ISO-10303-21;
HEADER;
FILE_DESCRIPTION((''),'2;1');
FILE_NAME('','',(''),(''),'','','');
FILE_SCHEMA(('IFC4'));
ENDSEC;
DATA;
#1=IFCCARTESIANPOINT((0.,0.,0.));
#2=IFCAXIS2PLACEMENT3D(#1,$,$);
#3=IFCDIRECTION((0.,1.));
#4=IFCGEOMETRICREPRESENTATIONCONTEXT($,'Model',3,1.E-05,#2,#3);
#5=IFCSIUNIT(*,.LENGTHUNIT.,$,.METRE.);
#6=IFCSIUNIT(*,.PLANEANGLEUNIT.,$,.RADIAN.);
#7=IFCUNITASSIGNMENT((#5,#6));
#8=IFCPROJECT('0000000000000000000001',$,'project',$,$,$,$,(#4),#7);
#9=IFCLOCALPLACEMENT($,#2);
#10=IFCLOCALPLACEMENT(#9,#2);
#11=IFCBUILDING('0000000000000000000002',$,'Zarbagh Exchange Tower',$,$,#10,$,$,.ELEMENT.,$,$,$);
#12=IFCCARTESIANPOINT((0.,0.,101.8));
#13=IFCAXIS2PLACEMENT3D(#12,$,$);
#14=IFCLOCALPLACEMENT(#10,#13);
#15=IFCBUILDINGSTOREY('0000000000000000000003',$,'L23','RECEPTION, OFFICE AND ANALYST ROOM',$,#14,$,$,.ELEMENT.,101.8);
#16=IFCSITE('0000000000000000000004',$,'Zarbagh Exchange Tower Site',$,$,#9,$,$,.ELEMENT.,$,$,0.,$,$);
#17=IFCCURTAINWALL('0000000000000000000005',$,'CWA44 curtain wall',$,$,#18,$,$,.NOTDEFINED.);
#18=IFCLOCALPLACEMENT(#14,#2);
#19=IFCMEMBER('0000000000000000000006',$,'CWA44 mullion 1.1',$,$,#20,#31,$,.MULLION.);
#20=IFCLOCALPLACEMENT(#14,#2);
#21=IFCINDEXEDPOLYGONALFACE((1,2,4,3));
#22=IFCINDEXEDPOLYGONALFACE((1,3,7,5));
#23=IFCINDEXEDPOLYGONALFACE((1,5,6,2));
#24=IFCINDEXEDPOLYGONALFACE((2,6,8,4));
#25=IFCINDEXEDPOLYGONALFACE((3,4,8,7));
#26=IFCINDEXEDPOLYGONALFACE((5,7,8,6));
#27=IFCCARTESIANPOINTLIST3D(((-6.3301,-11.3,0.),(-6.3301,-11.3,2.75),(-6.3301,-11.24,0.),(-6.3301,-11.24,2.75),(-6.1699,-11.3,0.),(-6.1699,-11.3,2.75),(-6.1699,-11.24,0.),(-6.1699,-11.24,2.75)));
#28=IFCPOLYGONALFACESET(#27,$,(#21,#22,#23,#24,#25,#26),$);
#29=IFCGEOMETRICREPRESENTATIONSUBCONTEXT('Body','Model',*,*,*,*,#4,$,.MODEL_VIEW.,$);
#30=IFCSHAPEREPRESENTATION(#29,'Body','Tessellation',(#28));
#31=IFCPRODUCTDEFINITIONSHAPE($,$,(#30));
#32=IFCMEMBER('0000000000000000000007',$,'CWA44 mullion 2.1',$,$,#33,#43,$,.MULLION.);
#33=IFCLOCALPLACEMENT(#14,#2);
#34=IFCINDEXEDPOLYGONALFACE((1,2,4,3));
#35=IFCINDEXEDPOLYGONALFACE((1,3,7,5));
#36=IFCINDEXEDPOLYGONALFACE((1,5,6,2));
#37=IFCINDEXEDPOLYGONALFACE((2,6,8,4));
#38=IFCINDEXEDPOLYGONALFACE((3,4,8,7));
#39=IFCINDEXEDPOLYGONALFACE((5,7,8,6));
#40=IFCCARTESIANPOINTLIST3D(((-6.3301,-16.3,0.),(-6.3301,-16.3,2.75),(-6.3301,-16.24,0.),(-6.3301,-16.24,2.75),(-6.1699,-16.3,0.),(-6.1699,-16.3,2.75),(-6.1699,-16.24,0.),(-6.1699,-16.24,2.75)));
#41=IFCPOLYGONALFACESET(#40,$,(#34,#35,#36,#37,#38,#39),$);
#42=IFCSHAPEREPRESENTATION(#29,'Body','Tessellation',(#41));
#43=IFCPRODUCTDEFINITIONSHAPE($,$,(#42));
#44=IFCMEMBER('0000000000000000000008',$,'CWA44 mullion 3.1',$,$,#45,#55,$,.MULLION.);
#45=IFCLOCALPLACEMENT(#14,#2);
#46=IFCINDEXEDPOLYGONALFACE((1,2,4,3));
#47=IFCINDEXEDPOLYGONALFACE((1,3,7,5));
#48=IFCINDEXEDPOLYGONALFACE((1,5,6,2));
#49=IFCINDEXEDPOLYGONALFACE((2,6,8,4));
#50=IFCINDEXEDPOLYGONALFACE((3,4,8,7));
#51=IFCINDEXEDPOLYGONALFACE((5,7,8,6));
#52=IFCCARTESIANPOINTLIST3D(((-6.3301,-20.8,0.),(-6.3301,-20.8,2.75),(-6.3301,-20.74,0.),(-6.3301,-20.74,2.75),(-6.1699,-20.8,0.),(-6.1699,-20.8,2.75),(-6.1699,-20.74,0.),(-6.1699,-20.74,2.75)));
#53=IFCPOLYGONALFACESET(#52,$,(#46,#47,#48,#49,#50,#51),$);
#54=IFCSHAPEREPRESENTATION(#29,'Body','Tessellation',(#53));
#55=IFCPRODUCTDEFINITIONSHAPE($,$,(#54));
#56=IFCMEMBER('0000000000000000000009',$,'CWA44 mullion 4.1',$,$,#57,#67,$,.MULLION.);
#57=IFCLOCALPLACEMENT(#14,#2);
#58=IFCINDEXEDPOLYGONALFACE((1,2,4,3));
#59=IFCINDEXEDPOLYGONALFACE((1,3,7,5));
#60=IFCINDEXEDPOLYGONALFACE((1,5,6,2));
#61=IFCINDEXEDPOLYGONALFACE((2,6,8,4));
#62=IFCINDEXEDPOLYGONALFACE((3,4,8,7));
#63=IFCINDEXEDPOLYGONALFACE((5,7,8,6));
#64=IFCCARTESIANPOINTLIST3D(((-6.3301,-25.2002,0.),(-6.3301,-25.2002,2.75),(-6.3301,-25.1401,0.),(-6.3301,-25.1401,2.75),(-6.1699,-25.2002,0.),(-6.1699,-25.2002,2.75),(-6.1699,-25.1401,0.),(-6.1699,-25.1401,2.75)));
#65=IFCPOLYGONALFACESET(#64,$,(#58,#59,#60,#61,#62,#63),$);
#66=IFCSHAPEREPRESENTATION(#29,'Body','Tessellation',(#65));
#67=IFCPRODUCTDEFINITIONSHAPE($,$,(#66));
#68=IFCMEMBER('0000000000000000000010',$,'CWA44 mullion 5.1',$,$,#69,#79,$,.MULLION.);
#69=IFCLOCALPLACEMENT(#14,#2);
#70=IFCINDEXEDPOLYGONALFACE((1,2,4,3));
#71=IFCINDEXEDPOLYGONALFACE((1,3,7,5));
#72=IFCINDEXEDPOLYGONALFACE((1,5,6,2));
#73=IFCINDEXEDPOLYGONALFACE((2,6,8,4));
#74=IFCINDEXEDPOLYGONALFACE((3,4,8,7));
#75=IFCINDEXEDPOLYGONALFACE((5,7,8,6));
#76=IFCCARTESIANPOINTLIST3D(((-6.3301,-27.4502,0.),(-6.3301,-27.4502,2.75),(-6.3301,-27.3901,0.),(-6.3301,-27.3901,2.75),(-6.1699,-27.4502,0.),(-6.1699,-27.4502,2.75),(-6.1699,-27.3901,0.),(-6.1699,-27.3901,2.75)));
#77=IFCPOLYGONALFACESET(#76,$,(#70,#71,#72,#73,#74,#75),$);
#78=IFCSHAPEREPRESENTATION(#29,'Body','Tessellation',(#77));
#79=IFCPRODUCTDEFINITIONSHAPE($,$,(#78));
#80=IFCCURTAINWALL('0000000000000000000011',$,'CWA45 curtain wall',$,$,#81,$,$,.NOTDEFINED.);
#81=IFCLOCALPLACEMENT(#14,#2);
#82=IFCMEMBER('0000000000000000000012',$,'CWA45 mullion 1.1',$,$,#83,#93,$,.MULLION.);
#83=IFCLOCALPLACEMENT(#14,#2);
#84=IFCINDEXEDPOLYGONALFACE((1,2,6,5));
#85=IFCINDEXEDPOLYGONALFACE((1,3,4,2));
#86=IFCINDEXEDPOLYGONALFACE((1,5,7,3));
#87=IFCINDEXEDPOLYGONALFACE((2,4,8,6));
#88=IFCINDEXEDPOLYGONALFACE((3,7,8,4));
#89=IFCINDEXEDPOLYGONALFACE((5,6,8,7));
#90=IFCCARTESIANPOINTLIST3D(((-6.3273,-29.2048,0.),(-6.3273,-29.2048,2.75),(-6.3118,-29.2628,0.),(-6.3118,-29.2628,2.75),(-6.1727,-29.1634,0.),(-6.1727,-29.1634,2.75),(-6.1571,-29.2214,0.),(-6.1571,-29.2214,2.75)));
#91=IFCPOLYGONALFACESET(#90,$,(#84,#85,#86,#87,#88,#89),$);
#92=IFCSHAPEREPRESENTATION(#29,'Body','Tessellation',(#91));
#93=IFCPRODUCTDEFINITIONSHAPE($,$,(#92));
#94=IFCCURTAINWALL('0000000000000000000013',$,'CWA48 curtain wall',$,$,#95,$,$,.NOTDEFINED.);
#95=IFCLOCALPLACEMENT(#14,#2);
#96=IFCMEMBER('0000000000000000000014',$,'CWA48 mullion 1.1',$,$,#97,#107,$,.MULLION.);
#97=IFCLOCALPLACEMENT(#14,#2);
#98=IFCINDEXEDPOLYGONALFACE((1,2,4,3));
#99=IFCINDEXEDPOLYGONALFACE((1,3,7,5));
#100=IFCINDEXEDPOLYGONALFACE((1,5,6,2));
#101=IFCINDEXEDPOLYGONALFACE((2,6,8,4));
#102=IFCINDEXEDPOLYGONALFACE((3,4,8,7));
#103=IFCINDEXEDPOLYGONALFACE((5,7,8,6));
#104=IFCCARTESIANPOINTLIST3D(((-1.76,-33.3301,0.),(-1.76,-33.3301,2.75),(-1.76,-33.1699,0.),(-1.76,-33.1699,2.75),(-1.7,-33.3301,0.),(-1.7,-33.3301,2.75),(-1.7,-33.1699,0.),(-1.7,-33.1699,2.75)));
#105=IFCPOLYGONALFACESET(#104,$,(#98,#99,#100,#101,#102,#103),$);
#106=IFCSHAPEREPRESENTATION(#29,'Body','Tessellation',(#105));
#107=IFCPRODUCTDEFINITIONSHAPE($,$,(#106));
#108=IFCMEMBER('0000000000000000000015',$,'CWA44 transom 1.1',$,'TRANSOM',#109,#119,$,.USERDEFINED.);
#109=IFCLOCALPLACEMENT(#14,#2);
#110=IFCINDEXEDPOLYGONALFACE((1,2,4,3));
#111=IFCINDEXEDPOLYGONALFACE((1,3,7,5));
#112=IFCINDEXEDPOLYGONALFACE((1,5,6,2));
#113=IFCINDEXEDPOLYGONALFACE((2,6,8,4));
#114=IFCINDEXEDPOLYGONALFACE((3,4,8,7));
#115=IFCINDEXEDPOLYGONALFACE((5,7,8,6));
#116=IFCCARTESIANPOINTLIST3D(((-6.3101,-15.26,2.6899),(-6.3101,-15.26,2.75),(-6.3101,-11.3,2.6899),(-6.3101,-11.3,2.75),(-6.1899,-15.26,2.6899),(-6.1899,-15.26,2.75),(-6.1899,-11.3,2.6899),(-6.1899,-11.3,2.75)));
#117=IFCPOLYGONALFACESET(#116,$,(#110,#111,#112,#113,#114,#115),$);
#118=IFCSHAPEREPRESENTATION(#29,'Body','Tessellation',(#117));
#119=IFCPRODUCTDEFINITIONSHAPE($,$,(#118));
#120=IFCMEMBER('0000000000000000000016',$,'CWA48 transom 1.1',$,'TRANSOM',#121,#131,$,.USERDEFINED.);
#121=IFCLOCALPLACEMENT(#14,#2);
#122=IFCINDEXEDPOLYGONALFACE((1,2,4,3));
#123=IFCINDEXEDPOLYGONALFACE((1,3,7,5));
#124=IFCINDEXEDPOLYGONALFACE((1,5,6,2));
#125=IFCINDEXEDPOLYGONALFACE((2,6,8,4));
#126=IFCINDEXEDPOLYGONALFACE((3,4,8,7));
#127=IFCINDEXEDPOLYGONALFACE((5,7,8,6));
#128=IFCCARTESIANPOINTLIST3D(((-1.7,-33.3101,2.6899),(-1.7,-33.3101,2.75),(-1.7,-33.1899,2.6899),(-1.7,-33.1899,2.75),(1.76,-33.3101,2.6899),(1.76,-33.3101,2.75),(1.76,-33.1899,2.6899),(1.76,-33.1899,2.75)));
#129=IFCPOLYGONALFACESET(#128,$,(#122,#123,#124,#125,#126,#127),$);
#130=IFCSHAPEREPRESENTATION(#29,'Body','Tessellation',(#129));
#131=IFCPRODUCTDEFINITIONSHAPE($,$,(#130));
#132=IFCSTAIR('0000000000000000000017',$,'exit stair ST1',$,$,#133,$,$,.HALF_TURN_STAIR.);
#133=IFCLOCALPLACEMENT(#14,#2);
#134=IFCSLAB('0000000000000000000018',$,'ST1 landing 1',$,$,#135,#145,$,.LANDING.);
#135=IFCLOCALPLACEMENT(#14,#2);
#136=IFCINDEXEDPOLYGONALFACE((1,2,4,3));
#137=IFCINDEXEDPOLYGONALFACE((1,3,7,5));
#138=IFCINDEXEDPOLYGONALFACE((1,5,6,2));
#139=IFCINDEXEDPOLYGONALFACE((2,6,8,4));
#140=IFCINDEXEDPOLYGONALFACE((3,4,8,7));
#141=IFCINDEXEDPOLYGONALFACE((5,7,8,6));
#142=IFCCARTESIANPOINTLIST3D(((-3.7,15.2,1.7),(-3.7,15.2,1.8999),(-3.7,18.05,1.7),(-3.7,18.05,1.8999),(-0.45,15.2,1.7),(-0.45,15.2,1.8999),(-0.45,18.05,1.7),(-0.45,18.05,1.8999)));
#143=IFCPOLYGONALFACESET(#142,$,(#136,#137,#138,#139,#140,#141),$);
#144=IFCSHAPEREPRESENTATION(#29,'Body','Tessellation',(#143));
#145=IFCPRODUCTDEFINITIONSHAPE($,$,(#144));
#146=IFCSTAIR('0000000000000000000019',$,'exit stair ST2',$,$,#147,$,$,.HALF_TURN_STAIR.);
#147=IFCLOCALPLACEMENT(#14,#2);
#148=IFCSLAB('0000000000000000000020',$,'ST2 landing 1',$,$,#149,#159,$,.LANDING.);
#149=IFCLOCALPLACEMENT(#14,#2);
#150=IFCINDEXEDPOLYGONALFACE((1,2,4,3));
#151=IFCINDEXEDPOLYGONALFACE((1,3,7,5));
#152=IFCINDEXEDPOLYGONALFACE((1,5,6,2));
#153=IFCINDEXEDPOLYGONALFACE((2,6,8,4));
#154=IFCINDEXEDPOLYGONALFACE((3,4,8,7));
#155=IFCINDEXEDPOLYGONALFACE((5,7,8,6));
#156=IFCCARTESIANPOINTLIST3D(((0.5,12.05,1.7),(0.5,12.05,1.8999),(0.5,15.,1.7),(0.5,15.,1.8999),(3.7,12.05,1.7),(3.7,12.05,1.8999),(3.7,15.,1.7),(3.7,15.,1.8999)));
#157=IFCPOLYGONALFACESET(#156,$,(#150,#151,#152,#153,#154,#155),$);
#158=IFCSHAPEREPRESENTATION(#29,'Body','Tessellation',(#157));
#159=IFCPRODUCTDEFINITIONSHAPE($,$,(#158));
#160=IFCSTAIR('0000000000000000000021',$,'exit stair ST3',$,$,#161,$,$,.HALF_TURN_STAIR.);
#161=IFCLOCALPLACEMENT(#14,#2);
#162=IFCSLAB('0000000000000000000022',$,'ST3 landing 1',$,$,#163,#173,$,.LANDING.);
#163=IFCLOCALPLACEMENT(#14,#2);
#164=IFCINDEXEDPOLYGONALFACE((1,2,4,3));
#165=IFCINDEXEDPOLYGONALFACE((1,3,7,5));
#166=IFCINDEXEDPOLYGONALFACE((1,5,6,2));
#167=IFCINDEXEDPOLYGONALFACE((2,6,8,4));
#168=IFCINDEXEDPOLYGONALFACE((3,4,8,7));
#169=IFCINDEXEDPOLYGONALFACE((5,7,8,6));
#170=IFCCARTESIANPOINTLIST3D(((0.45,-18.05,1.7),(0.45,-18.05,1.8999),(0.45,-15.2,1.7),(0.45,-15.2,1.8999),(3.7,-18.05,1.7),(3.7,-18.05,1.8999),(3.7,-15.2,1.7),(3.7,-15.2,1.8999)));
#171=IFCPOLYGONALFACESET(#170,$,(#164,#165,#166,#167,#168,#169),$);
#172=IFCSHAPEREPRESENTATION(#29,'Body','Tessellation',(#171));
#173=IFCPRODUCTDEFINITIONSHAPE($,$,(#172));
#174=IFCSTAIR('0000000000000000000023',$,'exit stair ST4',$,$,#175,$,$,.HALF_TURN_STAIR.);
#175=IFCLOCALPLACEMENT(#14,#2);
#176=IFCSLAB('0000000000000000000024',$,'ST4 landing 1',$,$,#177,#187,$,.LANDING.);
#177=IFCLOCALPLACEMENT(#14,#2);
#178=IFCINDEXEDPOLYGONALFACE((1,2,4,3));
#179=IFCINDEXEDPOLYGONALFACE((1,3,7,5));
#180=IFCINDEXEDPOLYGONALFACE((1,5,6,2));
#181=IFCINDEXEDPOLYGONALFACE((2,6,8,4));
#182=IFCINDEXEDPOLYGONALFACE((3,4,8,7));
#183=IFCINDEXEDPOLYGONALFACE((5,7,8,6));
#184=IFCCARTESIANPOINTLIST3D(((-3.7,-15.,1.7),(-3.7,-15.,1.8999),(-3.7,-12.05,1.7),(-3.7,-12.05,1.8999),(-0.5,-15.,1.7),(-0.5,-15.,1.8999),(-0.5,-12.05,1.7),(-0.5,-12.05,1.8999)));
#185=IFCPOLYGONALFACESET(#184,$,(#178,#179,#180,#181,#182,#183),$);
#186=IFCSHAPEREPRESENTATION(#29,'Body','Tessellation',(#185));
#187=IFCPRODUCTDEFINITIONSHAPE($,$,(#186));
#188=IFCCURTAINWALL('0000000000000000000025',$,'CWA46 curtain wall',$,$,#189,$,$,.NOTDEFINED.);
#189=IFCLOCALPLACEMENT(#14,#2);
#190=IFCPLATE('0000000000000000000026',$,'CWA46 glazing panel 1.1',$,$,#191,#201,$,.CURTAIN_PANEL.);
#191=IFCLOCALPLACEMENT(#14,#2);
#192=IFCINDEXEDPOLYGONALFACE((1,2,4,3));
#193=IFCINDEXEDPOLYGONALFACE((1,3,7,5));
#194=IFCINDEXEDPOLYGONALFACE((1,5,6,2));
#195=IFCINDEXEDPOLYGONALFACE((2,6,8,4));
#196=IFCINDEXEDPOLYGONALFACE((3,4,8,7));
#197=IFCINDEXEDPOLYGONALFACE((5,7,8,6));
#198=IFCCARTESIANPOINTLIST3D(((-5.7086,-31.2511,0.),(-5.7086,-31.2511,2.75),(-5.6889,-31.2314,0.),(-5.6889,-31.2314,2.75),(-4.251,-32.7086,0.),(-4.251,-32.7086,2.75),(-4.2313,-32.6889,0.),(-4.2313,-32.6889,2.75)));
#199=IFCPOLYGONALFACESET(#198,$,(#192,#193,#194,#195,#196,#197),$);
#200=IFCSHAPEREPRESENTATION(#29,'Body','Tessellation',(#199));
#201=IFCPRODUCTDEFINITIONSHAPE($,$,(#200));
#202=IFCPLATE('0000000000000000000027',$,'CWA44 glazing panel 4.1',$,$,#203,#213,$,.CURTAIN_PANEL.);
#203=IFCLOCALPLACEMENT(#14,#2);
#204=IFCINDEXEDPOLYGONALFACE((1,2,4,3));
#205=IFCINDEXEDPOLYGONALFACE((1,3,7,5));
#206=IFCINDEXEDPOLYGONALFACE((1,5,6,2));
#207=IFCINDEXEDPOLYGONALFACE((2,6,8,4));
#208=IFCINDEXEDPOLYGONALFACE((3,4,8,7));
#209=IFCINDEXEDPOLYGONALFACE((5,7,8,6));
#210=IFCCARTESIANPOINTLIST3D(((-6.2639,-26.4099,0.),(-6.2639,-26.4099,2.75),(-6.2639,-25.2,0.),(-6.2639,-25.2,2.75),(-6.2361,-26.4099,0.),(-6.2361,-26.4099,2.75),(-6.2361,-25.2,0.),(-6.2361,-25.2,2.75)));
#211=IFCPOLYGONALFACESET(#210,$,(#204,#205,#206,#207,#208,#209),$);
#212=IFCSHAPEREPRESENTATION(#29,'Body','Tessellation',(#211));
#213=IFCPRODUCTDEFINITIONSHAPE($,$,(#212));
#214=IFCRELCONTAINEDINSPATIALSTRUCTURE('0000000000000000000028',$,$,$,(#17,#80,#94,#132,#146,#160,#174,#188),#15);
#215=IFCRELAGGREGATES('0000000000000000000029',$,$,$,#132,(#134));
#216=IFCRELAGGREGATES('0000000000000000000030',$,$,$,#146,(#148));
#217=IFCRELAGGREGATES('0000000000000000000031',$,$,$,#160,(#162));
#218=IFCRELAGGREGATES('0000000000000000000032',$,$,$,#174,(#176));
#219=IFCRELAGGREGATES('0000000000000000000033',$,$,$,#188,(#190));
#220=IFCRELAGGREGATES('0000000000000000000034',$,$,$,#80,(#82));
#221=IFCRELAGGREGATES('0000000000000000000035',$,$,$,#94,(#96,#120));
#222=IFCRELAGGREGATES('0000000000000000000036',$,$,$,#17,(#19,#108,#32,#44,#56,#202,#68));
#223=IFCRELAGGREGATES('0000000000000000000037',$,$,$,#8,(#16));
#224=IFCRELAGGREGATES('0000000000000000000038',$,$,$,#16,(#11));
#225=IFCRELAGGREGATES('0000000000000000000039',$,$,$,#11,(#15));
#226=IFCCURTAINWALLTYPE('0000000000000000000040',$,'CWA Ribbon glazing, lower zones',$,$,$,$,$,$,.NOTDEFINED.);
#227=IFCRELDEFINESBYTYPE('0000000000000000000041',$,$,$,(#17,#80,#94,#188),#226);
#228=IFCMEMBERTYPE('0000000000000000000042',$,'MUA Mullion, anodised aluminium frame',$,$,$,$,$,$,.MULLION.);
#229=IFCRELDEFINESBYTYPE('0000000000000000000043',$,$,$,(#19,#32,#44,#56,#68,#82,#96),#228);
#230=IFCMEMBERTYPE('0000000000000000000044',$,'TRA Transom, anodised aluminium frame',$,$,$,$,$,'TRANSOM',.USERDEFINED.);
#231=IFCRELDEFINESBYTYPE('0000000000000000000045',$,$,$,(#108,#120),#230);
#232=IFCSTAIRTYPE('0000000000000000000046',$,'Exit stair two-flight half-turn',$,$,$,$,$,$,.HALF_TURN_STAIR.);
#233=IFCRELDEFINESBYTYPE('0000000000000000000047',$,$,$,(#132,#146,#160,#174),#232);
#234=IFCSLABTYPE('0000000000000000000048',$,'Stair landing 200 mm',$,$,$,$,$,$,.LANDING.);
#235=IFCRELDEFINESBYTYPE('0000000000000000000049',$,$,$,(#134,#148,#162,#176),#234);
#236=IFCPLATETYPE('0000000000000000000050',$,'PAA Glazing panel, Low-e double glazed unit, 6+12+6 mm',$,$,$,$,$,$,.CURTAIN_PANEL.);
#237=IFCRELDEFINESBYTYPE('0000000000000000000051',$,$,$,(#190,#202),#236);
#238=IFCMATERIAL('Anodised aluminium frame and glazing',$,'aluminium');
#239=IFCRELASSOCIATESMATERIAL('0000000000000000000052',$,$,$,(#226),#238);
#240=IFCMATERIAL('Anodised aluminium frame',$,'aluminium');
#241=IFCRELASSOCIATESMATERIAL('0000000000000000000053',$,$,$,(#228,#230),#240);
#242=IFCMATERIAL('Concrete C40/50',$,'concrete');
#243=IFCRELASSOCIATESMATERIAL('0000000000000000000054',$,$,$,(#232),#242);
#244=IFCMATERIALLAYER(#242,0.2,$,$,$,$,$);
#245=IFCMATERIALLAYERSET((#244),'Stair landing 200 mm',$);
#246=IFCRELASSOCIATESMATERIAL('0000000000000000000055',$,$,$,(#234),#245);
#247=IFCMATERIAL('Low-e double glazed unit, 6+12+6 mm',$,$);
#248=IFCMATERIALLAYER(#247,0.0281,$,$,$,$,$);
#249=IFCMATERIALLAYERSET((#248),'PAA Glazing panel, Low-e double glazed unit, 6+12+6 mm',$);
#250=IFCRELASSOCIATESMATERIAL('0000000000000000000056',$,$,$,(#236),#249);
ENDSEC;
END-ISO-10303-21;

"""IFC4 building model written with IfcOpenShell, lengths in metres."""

from ifc_helpers import new_model, si_unit, direction, frame, origin, place, context, subcontext, project, spatial, polyline, outline, extrude, source, transform, mapped, material, layer, layer_set, type_object, element, aggregate, save


model = new_model("IFC4")

# Units and contexts
model_context = context("Model", 3, precision=1e-05, world=origin(), true_north=direction((0.0, 1.0)))
body_context = subcontext(model_context, "Body", "Model", "MODEL_VIEW")
ifc_project = project(units=[si_unit("LENGTHUNIT", "METRE"), si_unit("PLANEANGLEUNIT", "RADIAN")], contexts=[model_context])

# Site, building, storey
site_placement = place(None, origin())
site = spatial("IfcSite", under=ifc_project, at=site_placement, Name="Zarbagh Exchange Tower Site", CompositionType="ELEMENT", RefElevation=0.0)
building_placement = place(site_placement, origin())
building = spatial("IfcBuilding", under=site, at=building_placement, Name="Zarbagh Exchange Tower", CompositionType="ELEMENT")
storey_placement = place(building_placement, frame((0.0, 0.0, 101.8)))
storey = spatial("IfcBuildingStorey", under=building, at=storey_placement, Name="L23", Description="RECEPTION, OFFICE AND ANALYST ROOM", CompositionType="ELEMENT", Elevation=101.8)

# Curtain wall, members
ifc_material_1 = material(Name="Anodised aluminium frame and glazing", Category="aluminium")
curtain_wall_type = type_object("IfcCurtainWallType", Name="CWA Ribbon glazing, lower zones", PredefinedType="NOTDEFINED", material=ifc_material_1)
curtain_wall_1_placement = place(storey_placement, origin())
curtain_wall_1 = element("IfcCurtainWall", 1, at=curtain_wall_1_placement, inside=storey, type_object=curtain_wall_type, Name="CWA44 curtain wall", PredefinedType="NOTDEFINED")
ifc_material_2 = material(Name="Anodised aluminium frame", Category="aluminium")
member_type_1 = type_object("IfcMemberType", Name="MUA Mullion, anodised aluminium frame", PredefinedType="MULLION", material=ifc_material_2)
shared_shape_1 = source(origin(), body_context, "Body", "SweptSolid", [
    extrude(outline(polyline([(0.0, -0.0801), (0.0601, -0.0801), (0.0601, 0.0801), (0.0, 0.0801), (0.0, -0.0801)])), origin(), (0.0, 0.0, 1.0), 2.75),
])
placement = place(storey_placement, origin())
member_1 = element("IfcMember", 2, at=placement, type_object=member_type_1, Name="CWA44 mullion 1.1", PredefinedType="MULLION", context=body_context, shape_type="MappedRepresentation", body=[
    mapped(shared_shape_1, transform((-6.25, -11.24, 0.0), x_axis=(0.0, -1.0, 0.0), y_axis=(1.0, 0.0, 0.0), z_axis=(0.0, 0.0, 1.0))),
])
member_2 = element("IfcMember", 3, at=placement, type_object=member_type_1, Name="CWA44 mullion 2.1", PredefinedType="MULLION", context=body_context, shape_type="MappedRepresentation", body=[
    mapped(shared_shape_1, transform((-6.25, -16.24, 0.0), x_axis=(0.0, -1.0, 0.0), y_axis=(1.0, 0.0, 0.0), z_axis=(0.0, 0.0, 1.0))),
])
member_3 = element("IfcMember", 4, at=placement, type_object=member_type_1, Name="CWA44 mullion 3.1", PredefinedType="MULLION", context=body_context, shape_type="MappedRepresentation", body=[
    mapped(shared_shape_1, transform((-6.25, -20.74, 0.0), x_axis=(0.0, -1.0, 0.0), y_axis=(1.0, 0.0, 0.0), z_axis=(0.0, 0.0, 1.0))),
])
member_4 = element("IfcMember", 5, at=placement, type_object=member_type_1, Name="CWA44 mullion 4.1", PredefinedType="MULLION", context=body_context, shape_type="MappedRepresentation", body=[
    mapped(shared_shape_1, transform((-6.25, -25.1401, 0.0), x_axis=(0.0, -1.0, 0.0), y_axis=(1.0, 0.0, 0.0), z_axis=(0.0, 0.0, 1.0))),
])
member_5 = element("IfcMember", 6, at=placement, type_object=member_type_1, Name="CWA44 mullion 5.1", PredefinedType="MULLION", context=body_context, shape_type="MappedRepresentation", body=[
    mapped(shared_shape_1, transform((-6.25, -27.3901, 0.0), x_axis=(0.0, -1.0, 0.0), y_axis=(1.0, 0.0, 0.0), z_axis=(0.0, 0.0, 1.0))),
])

# Curtain walls, members
curtain_wall_2_placement = place(storey_placement, origin())
curtain_wall_2 = element("IfcCurtainWall", 7, at=curtain_wall_2_placement, inside=storey, type_object=curtain_wall_type, Name="CWA45 curtain wall", PredefinedType="NOTDEFINED")
member_6 = element("IfcMember", 8, at=placement, type_object=member_type_1, Name="CWA45 mullion 1.1", PredefinedType="MULLION", context=body_context, shape_type="MappedRepresentation", body=[
    mapped(shared_shape_1, transform((-6.25, -29.1841, 0.0), x_axis=(0.258825, -0.965924, 0.0), y_axis=(0.965924, 0.258825, 0.0), z_axis=(0.0, 0.0, 1.0))),
])
curtain_wall_3_placement = place(storey_placement, origin())
curtain_wall_3 = element("IfcCurtainWall", 9, at=curtain_wall_3_placement, inside=storey, type_object=curtain_wall_type, Name="CWA48 curtain wall", PredefinedType="NOTDEFINED")
member_7 = element("IfcMember", 10, at=placement, type_object=member_type_1, Name="CWA48 mullion 1.1", PredefinedType="MULLION", context=body_context, shape_type="MappedRepresentation", body=[
    mapped(shared_shape_1, transform((-1.76, -33.25, 0.0), x_axis=(1.0, 0.0, 0.0), y_axis=(0.0, 1.0, 0.0), z_axis=(0.0, 0.0, 1.0))),
])

# Members
member_type_2 = type_object("IfcMemberType", Name="TRA Transom, anodised aluminium frame", ElementType="TRANSOM", PredefinedType="USERDEFINED", material=ifc_material_2)
shared_shape_2 = source(origin(), body_context, "Body", "SweptSolid", [
    extrude(outline(polyline([(-0.0601, -0.0601), (0.0, -0.0601), (0.0, 0.0601), (-0.0601, 0.0601), (-0.0601, -0.0601)])), origin(), (0.0, 0.0, 1.0), 3.96),
])
member_8 = element("IfcMember", 11, at=placement, type_object=member_type_2, Name="CWA44 transom 1.1", ObjectType="TRANSOM", PredefinedType="USERDEFINED", context=body_context, shape_type="MappedRepresentation", body=[
    mapped(shared_shape_2, transform((-6.25, -11.3, 2.75), x_axis=(0.0, 0.0, 1.0), y_axis=(-1.0, 0.0, 0.0), z_axis=(0.0, -1.0, 0.0))),
])
shared_shape_3 = source(origin(), body_context, "Body", "SweptSolid", [
    extrude(outline(polyline([(-0.0601, -0.0601), (0.0, -0.0601), (0.0, 0.0601), (-0.0601, 0.0601), (-0.0601, -0.0601)])), origin(), (0.0, 0.0, 1.0), 3.46),
])
member_9 = element("IfcMember", 12, at=placement, type_object=member_type_2, Name="CWA48 transom 1.1", ObjectType="TRANSOM", PredefinedType="USERDEFINED", context=body_context, shape_type="MappedRepresentation", body=[
    mapped(shared_shape_3, transform((-1.7, -33.25, 2.75), x_axis=(0.0, 0.0, 1.0), y_axis=(0.0, -1.0, 0.0), z_axis=(1.0, 0.0, 0.0))),
])

# Stairs, slabs
ifc_material_3 = material(Name="Concrete C40/50", Category="concrete")
stair_type = type_object("IfcStairType", Name="Exit stair two-flight half-turn", PredefinedType="HALF_TURN_STAIR", material=ifc_material_3)
stair_1_placement = place(storey_placement, origin())
stair_1 = element("IfcStair", 13, at=stair_1_placement, inside=storey, type_object=stair_type, Name="exit stair ST1", PredefinedType="HALF_TURN_STAIR")
ifc_layer_1 = layer(ifc_material_3, 0.2)
ifc_layer_set_1 = layer_set([ifc_layer_1], Name="Stair landing 200 mm")
slab_type = type_object("IfcSlabType", Name="Stair landing 200 mm", PredefinedType="LANDING", material=ifc_layer_set_1)
slab_1_placement = place(storey_placement, frame((0.0, 0.0, 1.7)))
slab_1 = element("IfcSlab", 14, at=slab_1_placement, type_object=slab_type, Name="ST1 landing 1", PredefinedType="LANDING", context=body_context, shape_type="SweptSolid", body=[
    extrude(outline(polyline([(-0.45, 18.05), (-3.7, 18.05), (-3.7, 15.2), (-0.45, 15.2), (-0.45, 18.05)])), origin(), (0.0, 0.0, 1.0), 0.2),
])
aggregate(stair_1, [slab_1])
stair_2_placement = place(storey_placement, origin())
stair_2 = element("IfcStair", 15, at=stair_2_placement, inside=storey, type_object=stair_type, Name="exit stair ST2", PredefinedType="HALF_TURN_STAIR")
slab_2_placement = place(storey_placement, frame((0.0, 0.0, 1.7)))
slab_2 = element("IfcSlab", 16, at=slab_2_placement, type_object=slab_type, Name="ST2 landing 1", PredefinedType="LANDING", context=body_context, shape_type="SweptSolid", body=[
    extrude(outline(polyline([(0.5, 12.05), (3.7, 12.05), (3.7, 15.0), (0.5, 15.0), (0.5, 12.05)])), origin(), (0.0, 0.0, 1.0), 0.2),
])
aggregate(stair_2, [slab_2])
stair_3_placement = place(storey_placement, origin())
stair_3 = element("IfcStair", 17, at=stair_3_placement, inside=storey, type_object=stair_type, Name="exit stair ST3", PredefinedType="HALF_TURN_STAIR")
slab_3_placement = place(storey_placement, frame((0.0, 0.0, 1.7)))
slab_3 = element("IfcSlab", 18, at=slab_3_placement, type_object=slab_type, Name="ST3 landing 1", PredefinedType="LANDING", context=body_context, shape_type="SweptSolid", body=[
    extrude(outline(polyline([(0.45, -18.05), (3.7, -18.05), (3.7, -15.2), (0.45, -15.2), (0.45, -18.05)])), origin(), (0.0, 0.0, 1.0), 0.2),
])
aggregate(stair_3, [slab_3])
stair_4_placement = place(storey_placement, origin())
stair_4 = element("IfcStair", 19, at=stair_4_placement, inside=storey, type_object=stair_type, Name="exit stair ST4", PredefinedType="HALF_TURN_STAIR")
slab_4_placement = place(storey_placement, frame((0.0, 0.0, 1.7)))
slab_4 = element("IfcSlab", 20, at=slab_4_placement, type_object=slab_type, Name="ST4 landing 1", PredefinedType="LANDING", context=body_context, shape_type="SweptSolid", body=[
    extrude(outline(polyline([(-0.5, -12.05), (-3.7, -12.05), (-3.7, -15.0), (-0.5, -15.0), (-0.5, -12.05)])), origin(), (0.0, 0.0, 1.0), 0.2),
])
aggregate(stair_4, [slab_4])

# Curtain wall, plate
curtain_wall_4_placement = place(storey_placement, origin())
curtain_wall_4 = element("IfcCurtainWall", 21, at=curtain_wall_4_placement, inside=storey, type_object=curtain_wall_type, Name="CWA46 curtain wall", PredefinedType="NOTDEFINED")
ifc_material_4 = material(Name="Low-e double glazed unit, 6+12+6 mm")
ifc_layer_2 = layer(ifc_material_4, 0.0281)
ifc_layer_set_2 = layer_set([ifc_layer_2], Name="PAA Glazing panel, Low-e double glazed unit, 6+12+6 mm")
plate_type = type_object("IfcPlateType", Name="PAA Glazing panel, Low-e double glazed unit, 6+12+6 mm", PredefinedType="CURTAIN_PANEL", material=ifc_layer_set_2)
shared_shape_4 = source(origin(), body_context, "Body", "SweptSolid", [
    extrude(outline(polyline([(0.0, -0.0139), (2.0613, -0.0139), (2.0613, 0.0139), (0.0, 0.0139), (0.0, -0.0139)])), origin(), (0.0, 0.0, 1.0), 2.75),
])
plate_1 = element("IfcPlate", 22, at=placement, type_object=plate_type, Name="CWA46 glazing panel 1.1", PredefinedType="CURTAIN_PANEL", context=body_context, shape_type="MappedRepresentation", body=[
    mapped(shared_shape_4, transform((-5.6987, -31.2412, 0.0), x_axis=(0.707107, -0.707107, 0.0), y_axis=(0.707107, 0.707107, 0.0), z_axis=(0.0, 0.0, 1.0))),
])
aggregate(curtain_wall_4, [plate_1])

# Plate
shared_shape_5 = source(origin(), body_context, "Body", "SweptSolid", [
    extrude(outline(polyline([(0.0, -0.0139), (1.21, -0.0139), (1.21, 0.0139), (0.0, 0.0139), (0.0, -0.0139)])), origin(), (0.0, 0.0, 1.0), 2.75),
])
plate_2 = element("IfcPlate", 23, at=placement, type_object=plate_type, Name="CWA44 glazing panel 4.1", PredefinedType="CURTAIN_PANEL", context=body_context, shape_type="MappedRepresentation", body=[
    mapped(shared_shape_5, transform((-6.25, -25.2, 0.0), x_axis=(0.0, -1.0, 0.0), y_axis=(1.0, 0.0, 0.0), z_axis=(0.0, 0.0, 1.0))),
])
aggregate(curtain_wall_2, [member_6])

aggregate(curtain_wall_3, [member_7, member_9])
aggregate(curtain_wall_1, [member_1, member_8, member_2, member_3, member_4, plate_2, member_5])

save(model, "model.ifc")
